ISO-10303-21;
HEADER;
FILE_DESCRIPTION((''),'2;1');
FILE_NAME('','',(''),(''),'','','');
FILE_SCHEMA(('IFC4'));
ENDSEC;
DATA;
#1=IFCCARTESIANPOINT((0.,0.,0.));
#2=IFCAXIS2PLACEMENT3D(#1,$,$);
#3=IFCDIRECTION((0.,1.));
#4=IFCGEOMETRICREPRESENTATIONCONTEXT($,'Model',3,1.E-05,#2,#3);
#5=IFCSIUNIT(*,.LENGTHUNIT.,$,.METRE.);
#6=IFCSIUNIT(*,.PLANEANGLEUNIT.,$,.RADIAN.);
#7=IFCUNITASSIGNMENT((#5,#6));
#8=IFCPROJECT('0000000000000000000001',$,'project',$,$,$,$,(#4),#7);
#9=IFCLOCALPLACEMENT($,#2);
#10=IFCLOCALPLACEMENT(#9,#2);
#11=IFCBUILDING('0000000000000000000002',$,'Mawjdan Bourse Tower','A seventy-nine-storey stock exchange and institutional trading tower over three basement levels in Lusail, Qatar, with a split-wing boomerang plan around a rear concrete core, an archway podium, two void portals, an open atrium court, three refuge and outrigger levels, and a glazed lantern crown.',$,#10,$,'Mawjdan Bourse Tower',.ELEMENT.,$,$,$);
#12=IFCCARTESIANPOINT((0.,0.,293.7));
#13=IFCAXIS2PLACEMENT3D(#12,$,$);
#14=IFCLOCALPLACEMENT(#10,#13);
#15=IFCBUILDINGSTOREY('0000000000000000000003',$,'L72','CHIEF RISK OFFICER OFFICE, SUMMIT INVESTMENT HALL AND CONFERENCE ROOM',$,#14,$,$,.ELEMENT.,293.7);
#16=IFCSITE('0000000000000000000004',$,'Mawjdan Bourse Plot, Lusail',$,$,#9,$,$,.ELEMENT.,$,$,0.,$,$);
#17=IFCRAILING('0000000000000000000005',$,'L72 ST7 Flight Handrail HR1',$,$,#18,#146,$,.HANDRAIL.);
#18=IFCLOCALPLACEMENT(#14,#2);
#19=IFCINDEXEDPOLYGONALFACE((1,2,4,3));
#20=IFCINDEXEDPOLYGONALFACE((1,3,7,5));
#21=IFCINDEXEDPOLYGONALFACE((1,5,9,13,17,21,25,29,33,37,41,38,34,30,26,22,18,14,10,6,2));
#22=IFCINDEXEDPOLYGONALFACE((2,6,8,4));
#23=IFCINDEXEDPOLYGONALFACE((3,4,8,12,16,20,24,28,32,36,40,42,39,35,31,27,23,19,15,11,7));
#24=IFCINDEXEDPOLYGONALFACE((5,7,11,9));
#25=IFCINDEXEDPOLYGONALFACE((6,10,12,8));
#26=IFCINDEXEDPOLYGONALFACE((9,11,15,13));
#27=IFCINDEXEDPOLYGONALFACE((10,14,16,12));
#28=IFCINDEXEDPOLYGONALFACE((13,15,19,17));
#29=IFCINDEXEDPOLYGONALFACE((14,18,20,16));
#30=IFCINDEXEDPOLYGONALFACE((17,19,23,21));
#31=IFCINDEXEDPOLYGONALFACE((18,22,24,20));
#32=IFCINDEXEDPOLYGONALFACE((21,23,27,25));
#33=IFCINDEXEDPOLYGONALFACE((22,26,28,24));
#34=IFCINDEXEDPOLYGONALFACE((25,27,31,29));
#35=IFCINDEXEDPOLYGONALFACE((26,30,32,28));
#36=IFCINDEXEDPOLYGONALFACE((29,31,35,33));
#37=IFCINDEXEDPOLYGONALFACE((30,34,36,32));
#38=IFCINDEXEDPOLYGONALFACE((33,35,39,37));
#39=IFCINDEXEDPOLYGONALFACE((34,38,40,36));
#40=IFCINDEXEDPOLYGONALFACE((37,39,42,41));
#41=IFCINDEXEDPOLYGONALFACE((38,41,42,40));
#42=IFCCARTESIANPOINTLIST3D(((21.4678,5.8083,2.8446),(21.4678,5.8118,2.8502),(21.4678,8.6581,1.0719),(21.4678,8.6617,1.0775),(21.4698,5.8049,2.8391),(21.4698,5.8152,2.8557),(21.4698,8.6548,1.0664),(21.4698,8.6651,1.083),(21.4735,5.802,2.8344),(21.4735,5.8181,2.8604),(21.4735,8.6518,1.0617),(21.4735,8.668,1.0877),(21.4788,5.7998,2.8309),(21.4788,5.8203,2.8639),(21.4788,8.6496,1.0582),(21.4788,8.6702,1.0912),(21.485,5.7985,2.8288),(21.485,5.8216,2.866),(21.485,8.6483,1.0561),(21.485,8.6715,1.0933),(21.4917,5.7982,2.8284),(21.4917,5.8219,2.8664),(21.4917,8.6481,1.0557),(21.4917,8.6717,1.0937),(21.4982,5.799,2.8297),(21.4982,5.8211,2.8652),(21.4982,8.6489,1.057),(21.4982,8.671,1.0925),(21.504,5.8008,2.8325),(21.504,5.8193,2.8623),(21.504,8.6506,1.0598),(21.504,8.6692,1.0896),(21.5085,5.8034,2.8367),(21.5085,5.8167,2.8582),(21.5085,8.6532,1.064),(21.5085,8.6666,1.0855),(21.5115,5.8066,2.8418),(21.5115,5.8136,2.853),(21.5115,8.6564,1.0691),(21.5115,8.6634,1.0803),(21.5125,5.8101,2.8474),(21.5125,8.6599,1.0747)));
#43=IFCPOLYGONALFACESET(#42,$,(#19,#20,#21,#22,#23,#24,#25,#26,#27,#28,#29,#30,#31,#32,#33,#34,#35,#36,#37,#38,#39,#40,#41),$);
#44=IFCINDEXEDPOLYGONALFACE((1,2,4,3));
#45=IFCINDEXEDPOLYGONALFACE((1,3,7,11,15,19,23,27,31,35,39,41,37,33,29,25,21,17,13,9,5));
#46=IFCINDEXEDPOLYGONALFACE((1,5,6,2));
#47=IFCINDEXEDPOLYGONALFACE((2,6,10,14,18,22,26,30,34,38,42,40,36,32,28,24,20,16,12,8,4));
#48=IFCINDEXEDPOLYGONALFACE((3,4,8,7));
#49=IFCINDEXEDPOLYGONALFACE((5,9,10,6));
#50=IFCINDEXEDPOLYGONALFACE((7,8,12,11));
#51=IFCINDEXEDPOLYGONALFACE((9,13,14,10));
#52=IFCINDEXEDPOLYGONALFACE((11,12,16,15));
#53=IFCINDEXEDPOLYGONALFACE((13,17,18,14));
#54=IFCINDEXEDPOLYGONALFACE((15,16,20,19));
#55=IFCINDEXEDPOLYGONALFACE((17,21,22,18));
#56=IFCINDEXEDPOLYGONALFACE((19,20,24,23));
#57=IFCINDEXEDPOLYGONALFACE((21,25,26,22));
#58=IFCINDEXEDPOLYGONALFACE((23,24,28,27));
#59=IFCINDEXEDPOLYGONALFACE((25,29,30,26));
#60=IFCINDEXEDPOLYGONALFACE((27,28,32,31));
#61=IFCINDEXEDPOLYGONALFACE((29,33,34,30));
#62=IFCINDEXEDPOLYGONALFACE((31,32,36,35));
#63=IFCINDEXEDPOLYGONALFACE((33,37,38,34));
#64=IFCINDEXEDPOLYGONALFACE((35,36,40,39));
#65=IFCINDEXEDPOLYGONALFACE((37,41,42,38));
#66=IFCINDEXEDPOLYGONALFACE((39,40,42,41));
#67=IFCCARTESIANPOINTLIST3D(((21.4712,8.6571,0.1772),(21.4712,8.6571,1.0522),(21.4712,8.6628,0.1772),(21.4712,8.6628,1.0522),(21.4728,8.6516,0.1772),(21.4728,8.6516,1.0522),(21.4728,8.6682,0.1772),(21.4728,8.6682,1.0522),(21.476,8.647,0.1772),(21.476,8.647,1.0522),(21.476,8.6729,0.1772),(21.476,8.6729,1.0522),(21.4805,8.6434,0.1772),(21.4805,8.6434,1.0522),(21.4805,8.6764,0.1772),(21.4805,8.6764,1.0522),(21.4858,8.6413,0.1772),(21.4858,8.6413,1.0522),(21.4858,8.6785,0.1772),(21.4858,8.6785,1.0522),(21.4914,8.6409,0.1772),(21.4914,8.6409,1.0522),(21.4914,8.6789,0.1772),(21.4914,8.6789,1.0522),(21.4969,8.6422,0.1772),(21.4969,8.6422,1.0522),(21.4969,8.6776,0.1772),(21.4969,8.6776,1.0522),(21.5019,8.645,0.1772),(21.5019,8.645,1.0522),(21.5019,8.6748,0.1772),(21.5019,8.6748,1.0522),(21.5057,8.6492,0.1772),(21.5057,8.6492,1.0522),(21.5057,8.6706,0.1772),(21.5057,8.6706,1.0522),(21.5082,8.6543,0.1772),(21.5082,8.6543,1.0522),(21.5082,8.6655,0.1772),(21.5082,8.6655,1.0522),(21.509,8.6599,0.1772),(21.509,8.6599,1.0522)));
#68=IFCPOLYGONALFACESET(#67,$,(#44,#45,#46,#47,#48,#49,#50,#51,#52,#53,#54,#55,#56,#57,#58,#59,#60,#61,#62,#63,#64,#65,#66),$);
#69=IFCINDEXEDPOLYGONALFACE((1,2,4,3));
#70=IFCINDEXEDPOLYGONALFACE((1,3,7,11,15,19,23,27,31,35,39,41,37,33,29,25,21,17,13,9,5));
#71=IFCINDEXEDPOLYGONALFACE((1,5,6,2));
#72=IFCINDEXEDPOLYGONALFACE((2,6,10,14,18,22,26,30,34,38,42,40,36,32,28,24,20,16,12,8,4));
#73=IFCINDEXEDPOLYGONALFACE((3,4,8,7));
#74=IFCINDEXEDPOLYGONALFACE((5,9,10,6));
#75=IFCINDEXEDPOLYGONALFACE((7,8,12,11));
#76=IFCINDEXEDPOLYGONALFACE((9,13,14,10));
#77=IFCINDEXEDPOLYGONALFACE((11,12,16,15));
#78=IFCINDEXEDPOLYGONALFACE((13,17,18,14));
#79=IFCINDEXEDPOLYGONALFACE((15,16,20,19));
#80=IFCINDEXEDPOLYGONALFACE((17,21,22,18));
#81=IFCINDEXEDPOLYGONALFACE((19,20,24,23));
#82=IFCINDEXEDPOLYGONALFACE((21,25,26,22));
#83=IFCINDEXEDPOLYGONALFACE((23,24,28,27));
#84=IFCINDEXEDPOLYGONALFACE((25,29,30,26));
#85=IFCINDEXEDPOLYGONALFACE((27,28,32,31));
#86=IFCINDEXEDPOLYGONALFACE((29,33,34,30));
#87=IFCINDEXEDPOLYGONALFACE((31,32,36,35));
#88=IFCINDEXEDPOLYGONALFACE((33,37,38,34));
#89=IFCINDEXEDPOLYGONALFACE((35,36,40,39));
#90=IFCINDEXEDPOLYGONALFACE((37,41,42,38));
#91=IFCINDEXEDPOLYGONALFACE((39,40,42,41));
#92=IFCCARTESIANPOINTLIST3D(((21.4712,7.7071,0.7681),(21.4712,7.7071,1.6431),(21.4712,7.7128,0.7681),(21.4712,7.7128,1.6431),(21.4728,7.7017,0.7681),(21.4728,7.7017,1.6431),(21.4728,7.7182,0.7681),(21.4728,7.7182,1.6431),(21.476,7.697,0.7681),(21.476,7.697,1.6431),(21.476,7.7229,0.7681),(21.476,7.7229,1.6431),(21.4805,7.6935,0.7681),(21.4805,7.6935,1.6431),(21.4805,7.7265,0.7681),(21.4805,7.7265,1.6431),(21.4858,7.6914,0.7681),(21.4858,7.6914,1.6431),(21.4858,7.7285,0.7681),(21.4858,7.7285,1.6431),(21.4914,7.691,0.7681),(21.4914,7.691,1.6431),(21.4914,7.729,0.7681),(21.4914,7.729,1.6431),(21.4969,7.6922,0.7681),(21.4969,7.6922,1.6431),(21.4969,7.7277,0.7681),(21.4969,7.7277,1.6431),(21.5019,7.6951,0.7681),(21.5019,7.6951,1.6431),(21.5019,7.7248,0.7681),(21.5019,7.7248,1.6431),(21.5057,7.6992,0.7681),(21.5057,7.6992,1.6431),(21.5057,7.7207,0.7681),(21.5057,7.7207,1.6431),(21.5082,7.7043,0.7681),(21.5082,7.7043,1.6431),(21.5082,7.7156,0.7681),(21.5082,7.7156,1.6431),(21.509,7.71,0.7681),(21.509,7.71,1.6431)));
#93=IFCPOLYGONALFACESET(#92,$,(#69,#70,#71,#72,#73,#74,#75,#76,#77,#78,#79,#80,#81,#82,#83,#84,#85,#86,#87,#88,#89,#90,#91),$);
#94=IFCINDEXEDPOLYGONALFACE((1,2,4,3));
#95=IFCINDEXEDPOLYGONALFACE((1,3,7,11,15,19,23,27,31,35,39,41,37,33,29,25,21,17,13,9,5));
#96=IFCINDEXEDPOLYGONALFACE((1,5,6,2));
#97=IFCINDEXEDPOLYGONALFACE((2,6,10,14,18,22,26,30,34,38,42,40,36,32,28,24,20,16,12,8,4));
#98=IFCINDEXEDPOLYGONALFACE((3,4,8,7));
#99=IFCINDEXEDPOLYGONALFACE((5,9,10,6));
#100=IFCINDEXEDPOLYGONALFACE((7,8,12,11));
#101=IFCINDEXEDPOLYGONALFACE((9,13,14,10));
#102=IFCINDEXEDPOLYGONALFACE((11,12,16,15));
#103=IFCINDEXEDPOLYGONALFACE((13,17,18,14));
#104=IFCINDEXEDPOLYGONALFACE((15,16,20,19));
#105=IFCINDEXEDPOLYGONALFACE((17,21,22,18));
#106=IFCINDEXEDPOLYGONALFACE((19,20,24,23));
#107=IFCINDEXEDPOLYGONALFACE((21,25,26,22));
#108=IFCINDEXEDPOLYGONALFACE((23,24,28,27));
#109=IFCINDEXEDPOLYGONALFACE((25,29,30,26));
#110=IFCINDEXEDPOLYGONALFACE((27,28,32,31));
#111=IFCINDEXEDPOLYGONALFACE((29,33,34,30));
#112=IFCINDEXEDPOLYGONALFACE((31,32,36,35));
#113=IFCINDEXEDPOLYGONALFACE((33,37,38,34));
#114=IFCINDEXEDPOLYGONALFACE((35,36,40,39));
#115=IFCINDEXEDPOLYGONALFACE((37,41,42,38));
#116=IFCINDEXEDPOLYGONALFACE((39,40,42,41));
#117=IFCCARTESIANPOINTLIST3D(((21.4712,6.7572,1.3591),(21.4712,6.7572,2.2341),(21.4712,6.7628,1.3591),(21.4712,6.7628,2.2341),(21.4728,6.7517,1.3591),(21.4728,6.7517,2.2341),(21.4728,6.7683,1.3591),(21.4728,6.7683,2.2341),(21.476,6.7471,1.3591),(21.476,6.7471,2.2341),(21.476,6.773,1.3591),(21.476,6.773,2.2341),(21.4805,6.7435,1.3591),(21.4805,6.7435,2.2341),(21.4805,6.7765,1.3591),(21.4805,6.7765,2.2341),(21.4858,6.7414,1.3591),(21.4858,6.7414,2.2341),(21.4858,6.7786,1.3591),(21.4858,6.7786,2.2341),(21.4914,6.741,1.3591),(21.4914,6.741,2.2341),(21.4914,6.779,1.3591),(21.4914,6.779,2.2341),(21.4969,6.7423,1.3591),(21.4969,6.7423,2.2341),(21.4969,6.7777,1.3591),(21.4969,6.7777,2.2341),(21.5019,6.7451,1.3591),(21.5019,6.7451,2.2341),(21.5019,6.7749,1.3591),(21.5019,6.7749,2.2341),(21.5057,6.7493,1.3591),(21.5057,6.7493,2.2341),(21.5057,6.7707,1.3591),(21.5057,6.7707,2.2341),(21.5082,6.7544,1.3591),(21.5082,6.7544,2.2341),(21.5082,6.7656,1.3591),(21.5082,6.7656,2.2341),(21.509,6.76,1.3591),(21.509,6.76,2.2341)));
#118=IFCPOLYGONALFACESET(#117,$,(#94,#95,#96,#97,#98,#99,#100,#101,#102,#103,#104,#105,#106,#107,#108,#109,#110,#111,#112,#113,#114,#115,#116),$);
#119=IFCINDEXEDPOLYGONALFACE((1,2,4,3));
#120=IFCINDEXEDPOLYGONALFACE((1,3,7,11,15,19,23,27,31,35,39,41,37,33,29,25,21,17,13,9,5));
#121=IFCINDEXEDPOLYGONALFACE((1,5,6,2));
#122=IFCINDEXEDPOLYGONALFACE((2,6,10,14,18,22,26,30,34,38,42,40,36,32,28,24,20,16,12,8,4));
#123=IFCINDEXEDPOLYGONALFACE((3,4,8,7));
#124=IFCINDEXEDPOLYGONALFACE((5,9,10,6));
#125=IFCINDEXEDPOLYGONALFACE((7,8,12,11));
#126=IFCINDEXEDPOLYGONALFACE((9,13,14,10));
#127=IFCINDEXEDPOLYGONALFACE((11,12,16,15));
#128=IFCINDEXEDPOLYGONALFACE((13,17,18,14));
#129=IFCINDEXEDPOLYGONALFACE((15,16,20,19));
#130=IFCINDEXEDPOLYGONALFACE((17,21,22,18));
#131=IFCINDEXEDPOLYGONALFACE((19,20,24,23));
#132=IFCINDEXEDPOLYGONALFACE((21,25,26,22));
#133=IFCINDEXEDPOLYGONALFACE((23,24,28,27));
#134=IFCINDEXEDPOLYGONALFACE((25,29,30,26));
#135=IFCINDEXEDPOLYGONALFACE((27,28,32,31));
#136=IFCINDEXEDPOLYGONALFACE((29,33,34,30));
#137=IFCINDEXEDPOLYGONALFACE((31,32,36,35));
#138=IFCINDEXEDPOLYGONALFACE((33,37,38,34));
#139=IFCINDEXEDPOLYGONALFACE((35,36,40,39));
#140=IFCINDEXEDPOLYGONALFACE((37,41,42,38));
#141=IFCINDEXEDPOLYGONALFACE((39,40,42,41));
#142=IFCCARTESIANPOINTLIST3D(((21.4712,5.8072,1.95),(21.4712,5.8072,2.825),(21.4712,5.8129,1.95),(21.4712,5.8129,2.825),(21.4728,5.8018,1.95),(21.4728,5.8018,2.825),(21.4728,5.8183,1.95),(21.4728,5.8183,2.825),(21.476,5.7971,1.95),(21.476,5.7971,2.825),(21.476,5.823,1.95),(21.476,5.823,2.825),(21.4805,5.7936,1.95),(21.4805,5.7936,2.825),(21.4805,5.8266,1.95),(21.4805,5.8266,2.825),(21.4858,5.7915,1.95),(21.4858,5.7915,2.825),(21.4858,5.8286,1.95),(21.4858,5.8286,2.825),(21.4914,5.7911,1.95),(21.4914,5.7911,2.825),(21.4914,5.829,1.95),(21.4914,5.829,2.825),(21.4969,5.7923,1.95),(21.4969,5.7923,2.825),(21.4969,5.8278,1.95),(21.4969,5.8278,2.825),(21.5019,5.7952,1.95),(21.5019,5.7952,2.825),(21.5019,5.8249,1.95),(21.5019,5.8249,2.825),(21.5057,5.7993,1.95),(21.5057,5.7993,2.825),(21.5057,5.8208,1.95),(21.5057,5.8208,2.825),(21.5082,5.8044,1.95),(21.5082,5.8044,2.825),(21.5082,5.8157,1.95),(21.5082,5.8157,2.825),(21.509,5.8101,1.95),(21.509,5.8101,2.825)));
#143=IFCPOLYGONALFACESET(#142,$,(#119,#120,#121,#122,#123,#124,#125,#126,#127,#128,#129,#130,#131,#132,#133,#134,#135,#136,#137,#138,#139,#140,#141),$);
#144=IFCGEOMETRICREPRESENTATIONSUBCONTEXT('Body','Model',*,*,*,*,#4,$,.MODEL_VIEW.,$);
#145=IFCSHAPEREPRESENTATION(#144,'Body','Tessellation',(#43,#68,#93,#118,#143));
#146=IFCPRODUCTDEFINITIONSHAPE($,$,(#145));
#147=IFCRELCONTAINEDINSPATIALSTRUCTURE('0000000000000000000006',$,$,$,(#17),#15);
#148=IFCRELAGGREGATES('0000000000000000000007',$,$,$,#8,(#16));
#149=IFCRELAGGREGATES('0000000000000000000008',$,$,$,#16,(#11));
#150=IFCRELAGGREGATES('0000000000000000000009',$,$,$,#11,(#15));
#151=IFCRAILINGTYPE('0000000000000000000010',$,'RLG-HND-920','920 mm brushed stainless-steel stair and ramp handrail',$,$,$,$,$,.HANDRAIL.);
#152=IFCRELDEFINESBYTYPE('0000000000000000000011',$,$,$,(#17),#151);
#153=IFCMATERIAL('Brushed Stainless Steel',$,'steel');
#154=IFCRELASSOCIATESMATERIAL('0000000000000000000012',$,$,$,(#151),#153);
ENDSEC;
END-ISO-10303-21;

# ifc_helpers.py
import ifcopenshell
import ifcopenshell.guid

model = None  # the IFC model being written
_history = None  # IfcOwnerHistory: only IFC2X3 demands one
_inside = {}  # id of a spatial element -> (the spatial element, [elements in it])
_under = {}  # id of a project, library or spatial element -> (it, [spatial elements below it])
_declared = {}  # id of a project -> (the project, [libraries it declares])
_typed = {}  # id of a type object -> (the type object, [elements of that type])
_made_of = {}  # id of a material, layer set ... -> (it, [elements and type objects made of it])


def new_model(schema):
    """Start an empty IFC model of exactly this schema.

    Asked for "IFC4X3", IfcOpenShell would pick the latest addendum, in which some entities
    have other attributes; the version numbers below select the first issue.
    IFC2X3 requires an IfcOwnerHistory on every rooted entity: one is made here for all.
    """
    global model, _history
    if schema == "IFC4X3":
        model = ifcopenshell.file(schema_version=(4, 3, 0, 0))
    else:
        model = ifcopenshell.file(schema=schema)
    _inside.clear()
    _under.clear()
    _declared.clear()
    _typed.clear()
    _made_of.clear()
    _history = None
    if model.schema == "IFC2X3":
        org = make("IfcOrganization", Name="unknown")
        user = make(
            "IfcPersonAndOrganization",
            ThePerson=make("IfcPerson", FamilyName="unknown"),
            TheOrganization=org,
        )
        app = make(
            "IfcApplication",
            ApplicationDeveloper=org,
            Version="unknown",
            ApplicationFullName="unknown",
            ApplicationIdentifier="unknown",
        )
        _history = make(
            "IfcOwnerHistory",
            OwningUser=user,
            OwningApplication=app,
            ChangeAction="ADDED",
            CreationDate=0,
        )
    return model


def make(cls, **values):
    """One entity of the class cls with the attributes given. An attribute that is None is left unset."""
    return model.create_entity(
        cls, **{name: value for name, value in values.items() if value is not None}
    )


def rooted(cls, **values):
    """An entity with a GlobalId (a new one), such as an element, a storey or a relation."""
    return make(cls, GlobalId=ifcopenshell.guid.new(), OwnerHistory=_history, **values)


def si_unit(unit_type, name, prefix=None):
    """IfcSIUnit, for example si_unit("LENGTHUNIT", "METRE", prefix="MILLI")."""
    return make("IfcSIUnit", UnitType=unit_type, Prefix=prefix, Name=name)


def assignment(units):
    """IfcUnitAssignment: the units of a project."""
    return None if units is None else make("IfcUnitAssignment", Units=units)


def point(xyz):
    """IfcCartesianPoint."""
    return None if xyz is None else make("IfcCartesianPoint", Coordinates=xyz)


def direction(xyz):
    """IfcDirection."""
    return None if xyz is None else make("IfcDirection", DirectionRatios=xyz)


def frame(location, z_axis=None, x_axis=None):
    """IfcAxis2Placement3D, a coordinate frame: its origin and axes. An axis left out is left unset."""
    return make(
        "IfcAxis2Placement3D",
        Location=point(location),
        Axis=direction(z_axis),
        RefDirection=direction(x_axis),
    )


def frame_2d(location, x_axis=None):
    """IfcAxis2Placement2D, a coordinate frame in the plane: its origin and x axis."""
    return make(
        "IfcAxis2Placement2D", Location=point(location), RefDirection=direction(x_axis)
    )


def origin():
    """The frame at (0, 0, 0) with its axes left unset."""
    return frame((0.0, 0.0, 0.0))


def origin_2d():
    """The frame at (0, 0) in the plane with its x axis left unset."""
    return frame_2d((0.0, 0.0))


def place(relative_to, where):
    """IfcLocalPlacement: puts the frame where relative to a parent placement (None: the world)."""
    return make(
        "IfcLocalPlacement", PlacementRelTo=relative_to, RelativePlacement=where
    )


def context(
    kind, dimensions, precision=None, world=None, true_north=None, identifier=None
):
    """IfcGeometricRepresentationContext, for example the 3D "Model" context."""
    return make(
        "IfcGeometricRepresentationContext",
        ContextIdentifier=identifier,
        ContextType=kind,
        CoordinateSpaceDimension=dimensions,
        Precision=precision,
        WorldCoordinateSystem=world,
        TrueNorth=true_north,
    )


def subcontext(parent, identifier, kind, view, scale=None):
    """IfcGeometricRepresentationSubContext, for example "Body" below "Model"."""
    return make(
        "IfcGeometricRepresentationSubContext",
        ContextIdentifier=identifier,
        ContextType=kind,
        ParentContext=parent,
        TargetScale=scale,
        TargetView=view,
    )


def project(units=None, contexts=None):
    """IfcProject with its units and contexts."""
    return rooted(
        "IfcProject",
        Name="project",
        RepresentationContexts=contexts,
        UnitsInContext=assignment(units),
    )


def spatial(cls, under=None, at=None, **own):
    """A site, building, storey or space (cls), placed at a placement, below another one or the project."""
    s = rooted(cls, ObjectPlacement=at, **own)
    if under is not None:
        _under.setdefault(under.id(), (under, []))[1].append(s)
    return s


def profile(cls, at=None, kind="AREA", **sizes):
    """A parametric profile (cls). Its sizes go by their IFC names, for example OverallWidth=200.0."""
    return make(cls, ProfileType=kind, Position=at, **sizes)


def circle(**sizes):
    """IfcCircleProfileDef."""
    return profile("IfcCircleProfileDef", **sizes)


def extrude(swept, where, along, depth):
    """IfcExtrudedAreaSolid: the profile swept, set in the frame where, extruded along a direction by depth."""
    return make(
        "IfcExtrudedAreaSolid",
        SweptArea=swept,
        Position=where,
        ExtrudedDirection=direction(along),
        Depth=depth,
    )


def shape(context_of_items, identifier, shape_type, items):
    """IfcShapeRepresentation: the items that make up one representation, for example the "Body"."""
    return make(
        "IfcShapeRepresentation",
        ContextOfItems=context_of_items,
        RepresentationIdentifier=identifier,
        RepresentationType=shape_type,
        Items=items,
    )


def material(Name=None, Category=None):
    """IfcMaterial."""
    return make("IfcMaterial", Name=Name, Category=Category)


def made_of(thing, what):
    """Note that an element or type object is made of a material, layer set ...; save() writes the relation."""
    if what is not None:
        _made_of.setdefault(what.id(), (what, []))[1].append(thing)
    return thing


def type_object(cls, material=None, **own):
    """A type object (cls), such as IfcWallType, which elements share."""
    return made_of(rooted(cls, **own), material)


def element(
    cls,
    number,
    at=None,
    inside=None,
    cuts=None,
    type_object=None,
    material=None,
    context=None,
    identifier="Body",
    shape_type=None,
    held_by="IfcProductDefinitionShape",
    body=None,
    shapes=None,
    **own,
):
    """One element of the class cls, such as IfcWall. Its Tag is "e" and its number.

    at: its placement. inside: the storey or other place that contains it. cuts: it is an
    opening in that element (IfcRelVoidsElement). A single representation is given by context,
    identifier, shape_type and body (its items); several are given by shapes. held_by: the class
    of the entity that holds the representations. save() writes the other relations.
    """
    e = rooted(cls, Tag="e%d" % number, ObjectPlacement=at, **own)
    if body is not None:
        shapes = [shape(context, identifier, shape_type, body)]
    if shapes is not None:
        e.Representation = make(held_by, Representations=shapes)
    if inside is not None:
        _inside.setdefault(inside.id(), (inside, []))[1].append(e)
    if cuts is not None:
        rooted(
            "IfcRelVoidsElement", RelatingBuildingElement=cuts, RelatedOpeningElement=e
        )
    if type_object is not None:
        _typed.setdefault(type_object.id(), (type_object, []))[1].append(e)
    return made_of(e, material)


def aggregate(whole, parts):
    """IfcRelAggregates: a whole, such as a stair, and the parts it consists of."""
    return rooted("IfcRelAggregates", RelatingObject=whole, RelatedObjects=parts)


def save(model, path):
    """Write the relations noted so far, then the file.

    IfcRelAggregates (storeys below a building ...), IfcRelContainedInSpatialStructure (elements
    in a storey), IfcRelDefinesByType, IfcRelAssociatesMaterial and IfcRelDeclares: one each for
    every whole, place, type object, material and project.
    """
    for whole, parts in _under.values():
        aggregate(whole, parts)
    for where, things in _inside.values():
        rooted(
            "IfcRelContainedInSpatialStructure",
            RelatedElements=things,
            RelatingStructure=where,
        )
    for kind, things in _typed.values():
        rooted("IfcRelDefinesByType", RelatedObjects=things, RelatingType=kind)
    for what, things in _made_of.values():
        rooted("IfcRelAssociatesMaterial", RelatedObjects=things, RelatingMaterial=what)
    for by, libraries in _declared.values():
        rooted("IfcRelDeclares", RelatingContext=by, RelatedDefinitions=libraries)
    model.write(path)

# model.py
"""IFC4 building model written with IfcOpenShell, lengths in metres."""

from ifc_helpers import new_model, si_unit, direction, frame, origin, origin_2d, place, context, subcontext, project, spatial, circle, extrude, material, type_object, element, save


model = new_model("IFC4")

# Units and contexts
model_context = context("Model", 3, precision=1e-05, world=origin(), true_north=direction((0.0, 1.0)))
body_context = subcontext(model_context, "Body", "Model", "MODEL_VIEW")
ifc_project = project(units=[si_unit("LENGTHUNIT", "METRE"), si_unit("PLANEANGLEUNIT", "RADIAN")], contexts=[model_context])

# Site, building, storey
site_placement = place(None, origin())
site = spatial("IfcSite", under=ifc_project, at=site_placement, Name="Mawjdan Bourse Plot, Lusail", CompositionType="ELEMENT", RefElevation=0.0)
building_placement = place(site_placement, origin())
building = spatial("IfcBuilding", under=site, at=building_placement, Name="Mawjdan Bourse Tower", Description="A seventy-nine-storey stock exchange and institutional trading tower over three basement levels in Lusail, Qatar, with a split-wing boomerang plan around a rear concrete core, an archway podium, two void portals, an open atrium court, three refuge and outrigger levels, and a glazed lantern crown.", LongName="Mawjdan Bourse Tower", CompositionType="ELEMENT")
storey_placement = place(building_placement, frame((0.0, 0.0, 293.7)))
storey = spatial("IfcBuildingStorey", under=building, at=storey_placement, Name="L72", Description="CHIEF RISK OFFICER OFFICE, SUMMIT INVESTMENT HALL AND CONFERENCE ROOM", CompositionType="ELEMENT", Elevation=293.7)

# Railing
ifc_material_1 = material(Name="Brushed Stainless Steel", Category="steel")
railing_type_1 = type_object("IfcRailingType", Name="RLG-HND-920", Description="920 mm brushed stainless-steel stair and ramp handrail", PredefinedType="HANDRAIL", material=ifc_material_1)
railing_1_placement = place(storey_placement, frame((21.49, 8.6599, 0.1772)))
element("IfcRailing", 1, at=railing_1_placement, inside=storey, type_object=railing_type_1, Name="L72 ST7 Flight Handrail HR1", PredefinedType="HANDRAIL", context=body_context, shape_type="SweptSolid", body=[
    extrude(circle(Radius=0.0225, at=origin_2d()), frame((0.0, 0.0, 0.8975), z_axis=(0.0, -0.849128, 0.528187), x_axis=(1.0, 0.0, 0.0)), (0.0, 0.0, 1.0), 3.3562),
    extrude(circle(Radius=0.019, at=origin_2d()), origin(), (0.0, 0.0, 1.0), 0.875),
    extrude(circle(Radius=0.019, at=origin_2d()), frame((0.0, -0.95, 0.5908)), (0.0, 0.0, 1.0), 0.875),
    extrude(circle(Radius=0.019, at=origin_2d()), frame((0.0, -1.8999, 1.1819)), (0.0, 0.0, 1.0), 0.875),
    extrude(circle(Radius=0.019, at=origin_2d()), frame((0.0, -2.8499, 1.7727)), (0.0, 0.0, 1.0), 0.875),
])

save(model, "model.ifc")
